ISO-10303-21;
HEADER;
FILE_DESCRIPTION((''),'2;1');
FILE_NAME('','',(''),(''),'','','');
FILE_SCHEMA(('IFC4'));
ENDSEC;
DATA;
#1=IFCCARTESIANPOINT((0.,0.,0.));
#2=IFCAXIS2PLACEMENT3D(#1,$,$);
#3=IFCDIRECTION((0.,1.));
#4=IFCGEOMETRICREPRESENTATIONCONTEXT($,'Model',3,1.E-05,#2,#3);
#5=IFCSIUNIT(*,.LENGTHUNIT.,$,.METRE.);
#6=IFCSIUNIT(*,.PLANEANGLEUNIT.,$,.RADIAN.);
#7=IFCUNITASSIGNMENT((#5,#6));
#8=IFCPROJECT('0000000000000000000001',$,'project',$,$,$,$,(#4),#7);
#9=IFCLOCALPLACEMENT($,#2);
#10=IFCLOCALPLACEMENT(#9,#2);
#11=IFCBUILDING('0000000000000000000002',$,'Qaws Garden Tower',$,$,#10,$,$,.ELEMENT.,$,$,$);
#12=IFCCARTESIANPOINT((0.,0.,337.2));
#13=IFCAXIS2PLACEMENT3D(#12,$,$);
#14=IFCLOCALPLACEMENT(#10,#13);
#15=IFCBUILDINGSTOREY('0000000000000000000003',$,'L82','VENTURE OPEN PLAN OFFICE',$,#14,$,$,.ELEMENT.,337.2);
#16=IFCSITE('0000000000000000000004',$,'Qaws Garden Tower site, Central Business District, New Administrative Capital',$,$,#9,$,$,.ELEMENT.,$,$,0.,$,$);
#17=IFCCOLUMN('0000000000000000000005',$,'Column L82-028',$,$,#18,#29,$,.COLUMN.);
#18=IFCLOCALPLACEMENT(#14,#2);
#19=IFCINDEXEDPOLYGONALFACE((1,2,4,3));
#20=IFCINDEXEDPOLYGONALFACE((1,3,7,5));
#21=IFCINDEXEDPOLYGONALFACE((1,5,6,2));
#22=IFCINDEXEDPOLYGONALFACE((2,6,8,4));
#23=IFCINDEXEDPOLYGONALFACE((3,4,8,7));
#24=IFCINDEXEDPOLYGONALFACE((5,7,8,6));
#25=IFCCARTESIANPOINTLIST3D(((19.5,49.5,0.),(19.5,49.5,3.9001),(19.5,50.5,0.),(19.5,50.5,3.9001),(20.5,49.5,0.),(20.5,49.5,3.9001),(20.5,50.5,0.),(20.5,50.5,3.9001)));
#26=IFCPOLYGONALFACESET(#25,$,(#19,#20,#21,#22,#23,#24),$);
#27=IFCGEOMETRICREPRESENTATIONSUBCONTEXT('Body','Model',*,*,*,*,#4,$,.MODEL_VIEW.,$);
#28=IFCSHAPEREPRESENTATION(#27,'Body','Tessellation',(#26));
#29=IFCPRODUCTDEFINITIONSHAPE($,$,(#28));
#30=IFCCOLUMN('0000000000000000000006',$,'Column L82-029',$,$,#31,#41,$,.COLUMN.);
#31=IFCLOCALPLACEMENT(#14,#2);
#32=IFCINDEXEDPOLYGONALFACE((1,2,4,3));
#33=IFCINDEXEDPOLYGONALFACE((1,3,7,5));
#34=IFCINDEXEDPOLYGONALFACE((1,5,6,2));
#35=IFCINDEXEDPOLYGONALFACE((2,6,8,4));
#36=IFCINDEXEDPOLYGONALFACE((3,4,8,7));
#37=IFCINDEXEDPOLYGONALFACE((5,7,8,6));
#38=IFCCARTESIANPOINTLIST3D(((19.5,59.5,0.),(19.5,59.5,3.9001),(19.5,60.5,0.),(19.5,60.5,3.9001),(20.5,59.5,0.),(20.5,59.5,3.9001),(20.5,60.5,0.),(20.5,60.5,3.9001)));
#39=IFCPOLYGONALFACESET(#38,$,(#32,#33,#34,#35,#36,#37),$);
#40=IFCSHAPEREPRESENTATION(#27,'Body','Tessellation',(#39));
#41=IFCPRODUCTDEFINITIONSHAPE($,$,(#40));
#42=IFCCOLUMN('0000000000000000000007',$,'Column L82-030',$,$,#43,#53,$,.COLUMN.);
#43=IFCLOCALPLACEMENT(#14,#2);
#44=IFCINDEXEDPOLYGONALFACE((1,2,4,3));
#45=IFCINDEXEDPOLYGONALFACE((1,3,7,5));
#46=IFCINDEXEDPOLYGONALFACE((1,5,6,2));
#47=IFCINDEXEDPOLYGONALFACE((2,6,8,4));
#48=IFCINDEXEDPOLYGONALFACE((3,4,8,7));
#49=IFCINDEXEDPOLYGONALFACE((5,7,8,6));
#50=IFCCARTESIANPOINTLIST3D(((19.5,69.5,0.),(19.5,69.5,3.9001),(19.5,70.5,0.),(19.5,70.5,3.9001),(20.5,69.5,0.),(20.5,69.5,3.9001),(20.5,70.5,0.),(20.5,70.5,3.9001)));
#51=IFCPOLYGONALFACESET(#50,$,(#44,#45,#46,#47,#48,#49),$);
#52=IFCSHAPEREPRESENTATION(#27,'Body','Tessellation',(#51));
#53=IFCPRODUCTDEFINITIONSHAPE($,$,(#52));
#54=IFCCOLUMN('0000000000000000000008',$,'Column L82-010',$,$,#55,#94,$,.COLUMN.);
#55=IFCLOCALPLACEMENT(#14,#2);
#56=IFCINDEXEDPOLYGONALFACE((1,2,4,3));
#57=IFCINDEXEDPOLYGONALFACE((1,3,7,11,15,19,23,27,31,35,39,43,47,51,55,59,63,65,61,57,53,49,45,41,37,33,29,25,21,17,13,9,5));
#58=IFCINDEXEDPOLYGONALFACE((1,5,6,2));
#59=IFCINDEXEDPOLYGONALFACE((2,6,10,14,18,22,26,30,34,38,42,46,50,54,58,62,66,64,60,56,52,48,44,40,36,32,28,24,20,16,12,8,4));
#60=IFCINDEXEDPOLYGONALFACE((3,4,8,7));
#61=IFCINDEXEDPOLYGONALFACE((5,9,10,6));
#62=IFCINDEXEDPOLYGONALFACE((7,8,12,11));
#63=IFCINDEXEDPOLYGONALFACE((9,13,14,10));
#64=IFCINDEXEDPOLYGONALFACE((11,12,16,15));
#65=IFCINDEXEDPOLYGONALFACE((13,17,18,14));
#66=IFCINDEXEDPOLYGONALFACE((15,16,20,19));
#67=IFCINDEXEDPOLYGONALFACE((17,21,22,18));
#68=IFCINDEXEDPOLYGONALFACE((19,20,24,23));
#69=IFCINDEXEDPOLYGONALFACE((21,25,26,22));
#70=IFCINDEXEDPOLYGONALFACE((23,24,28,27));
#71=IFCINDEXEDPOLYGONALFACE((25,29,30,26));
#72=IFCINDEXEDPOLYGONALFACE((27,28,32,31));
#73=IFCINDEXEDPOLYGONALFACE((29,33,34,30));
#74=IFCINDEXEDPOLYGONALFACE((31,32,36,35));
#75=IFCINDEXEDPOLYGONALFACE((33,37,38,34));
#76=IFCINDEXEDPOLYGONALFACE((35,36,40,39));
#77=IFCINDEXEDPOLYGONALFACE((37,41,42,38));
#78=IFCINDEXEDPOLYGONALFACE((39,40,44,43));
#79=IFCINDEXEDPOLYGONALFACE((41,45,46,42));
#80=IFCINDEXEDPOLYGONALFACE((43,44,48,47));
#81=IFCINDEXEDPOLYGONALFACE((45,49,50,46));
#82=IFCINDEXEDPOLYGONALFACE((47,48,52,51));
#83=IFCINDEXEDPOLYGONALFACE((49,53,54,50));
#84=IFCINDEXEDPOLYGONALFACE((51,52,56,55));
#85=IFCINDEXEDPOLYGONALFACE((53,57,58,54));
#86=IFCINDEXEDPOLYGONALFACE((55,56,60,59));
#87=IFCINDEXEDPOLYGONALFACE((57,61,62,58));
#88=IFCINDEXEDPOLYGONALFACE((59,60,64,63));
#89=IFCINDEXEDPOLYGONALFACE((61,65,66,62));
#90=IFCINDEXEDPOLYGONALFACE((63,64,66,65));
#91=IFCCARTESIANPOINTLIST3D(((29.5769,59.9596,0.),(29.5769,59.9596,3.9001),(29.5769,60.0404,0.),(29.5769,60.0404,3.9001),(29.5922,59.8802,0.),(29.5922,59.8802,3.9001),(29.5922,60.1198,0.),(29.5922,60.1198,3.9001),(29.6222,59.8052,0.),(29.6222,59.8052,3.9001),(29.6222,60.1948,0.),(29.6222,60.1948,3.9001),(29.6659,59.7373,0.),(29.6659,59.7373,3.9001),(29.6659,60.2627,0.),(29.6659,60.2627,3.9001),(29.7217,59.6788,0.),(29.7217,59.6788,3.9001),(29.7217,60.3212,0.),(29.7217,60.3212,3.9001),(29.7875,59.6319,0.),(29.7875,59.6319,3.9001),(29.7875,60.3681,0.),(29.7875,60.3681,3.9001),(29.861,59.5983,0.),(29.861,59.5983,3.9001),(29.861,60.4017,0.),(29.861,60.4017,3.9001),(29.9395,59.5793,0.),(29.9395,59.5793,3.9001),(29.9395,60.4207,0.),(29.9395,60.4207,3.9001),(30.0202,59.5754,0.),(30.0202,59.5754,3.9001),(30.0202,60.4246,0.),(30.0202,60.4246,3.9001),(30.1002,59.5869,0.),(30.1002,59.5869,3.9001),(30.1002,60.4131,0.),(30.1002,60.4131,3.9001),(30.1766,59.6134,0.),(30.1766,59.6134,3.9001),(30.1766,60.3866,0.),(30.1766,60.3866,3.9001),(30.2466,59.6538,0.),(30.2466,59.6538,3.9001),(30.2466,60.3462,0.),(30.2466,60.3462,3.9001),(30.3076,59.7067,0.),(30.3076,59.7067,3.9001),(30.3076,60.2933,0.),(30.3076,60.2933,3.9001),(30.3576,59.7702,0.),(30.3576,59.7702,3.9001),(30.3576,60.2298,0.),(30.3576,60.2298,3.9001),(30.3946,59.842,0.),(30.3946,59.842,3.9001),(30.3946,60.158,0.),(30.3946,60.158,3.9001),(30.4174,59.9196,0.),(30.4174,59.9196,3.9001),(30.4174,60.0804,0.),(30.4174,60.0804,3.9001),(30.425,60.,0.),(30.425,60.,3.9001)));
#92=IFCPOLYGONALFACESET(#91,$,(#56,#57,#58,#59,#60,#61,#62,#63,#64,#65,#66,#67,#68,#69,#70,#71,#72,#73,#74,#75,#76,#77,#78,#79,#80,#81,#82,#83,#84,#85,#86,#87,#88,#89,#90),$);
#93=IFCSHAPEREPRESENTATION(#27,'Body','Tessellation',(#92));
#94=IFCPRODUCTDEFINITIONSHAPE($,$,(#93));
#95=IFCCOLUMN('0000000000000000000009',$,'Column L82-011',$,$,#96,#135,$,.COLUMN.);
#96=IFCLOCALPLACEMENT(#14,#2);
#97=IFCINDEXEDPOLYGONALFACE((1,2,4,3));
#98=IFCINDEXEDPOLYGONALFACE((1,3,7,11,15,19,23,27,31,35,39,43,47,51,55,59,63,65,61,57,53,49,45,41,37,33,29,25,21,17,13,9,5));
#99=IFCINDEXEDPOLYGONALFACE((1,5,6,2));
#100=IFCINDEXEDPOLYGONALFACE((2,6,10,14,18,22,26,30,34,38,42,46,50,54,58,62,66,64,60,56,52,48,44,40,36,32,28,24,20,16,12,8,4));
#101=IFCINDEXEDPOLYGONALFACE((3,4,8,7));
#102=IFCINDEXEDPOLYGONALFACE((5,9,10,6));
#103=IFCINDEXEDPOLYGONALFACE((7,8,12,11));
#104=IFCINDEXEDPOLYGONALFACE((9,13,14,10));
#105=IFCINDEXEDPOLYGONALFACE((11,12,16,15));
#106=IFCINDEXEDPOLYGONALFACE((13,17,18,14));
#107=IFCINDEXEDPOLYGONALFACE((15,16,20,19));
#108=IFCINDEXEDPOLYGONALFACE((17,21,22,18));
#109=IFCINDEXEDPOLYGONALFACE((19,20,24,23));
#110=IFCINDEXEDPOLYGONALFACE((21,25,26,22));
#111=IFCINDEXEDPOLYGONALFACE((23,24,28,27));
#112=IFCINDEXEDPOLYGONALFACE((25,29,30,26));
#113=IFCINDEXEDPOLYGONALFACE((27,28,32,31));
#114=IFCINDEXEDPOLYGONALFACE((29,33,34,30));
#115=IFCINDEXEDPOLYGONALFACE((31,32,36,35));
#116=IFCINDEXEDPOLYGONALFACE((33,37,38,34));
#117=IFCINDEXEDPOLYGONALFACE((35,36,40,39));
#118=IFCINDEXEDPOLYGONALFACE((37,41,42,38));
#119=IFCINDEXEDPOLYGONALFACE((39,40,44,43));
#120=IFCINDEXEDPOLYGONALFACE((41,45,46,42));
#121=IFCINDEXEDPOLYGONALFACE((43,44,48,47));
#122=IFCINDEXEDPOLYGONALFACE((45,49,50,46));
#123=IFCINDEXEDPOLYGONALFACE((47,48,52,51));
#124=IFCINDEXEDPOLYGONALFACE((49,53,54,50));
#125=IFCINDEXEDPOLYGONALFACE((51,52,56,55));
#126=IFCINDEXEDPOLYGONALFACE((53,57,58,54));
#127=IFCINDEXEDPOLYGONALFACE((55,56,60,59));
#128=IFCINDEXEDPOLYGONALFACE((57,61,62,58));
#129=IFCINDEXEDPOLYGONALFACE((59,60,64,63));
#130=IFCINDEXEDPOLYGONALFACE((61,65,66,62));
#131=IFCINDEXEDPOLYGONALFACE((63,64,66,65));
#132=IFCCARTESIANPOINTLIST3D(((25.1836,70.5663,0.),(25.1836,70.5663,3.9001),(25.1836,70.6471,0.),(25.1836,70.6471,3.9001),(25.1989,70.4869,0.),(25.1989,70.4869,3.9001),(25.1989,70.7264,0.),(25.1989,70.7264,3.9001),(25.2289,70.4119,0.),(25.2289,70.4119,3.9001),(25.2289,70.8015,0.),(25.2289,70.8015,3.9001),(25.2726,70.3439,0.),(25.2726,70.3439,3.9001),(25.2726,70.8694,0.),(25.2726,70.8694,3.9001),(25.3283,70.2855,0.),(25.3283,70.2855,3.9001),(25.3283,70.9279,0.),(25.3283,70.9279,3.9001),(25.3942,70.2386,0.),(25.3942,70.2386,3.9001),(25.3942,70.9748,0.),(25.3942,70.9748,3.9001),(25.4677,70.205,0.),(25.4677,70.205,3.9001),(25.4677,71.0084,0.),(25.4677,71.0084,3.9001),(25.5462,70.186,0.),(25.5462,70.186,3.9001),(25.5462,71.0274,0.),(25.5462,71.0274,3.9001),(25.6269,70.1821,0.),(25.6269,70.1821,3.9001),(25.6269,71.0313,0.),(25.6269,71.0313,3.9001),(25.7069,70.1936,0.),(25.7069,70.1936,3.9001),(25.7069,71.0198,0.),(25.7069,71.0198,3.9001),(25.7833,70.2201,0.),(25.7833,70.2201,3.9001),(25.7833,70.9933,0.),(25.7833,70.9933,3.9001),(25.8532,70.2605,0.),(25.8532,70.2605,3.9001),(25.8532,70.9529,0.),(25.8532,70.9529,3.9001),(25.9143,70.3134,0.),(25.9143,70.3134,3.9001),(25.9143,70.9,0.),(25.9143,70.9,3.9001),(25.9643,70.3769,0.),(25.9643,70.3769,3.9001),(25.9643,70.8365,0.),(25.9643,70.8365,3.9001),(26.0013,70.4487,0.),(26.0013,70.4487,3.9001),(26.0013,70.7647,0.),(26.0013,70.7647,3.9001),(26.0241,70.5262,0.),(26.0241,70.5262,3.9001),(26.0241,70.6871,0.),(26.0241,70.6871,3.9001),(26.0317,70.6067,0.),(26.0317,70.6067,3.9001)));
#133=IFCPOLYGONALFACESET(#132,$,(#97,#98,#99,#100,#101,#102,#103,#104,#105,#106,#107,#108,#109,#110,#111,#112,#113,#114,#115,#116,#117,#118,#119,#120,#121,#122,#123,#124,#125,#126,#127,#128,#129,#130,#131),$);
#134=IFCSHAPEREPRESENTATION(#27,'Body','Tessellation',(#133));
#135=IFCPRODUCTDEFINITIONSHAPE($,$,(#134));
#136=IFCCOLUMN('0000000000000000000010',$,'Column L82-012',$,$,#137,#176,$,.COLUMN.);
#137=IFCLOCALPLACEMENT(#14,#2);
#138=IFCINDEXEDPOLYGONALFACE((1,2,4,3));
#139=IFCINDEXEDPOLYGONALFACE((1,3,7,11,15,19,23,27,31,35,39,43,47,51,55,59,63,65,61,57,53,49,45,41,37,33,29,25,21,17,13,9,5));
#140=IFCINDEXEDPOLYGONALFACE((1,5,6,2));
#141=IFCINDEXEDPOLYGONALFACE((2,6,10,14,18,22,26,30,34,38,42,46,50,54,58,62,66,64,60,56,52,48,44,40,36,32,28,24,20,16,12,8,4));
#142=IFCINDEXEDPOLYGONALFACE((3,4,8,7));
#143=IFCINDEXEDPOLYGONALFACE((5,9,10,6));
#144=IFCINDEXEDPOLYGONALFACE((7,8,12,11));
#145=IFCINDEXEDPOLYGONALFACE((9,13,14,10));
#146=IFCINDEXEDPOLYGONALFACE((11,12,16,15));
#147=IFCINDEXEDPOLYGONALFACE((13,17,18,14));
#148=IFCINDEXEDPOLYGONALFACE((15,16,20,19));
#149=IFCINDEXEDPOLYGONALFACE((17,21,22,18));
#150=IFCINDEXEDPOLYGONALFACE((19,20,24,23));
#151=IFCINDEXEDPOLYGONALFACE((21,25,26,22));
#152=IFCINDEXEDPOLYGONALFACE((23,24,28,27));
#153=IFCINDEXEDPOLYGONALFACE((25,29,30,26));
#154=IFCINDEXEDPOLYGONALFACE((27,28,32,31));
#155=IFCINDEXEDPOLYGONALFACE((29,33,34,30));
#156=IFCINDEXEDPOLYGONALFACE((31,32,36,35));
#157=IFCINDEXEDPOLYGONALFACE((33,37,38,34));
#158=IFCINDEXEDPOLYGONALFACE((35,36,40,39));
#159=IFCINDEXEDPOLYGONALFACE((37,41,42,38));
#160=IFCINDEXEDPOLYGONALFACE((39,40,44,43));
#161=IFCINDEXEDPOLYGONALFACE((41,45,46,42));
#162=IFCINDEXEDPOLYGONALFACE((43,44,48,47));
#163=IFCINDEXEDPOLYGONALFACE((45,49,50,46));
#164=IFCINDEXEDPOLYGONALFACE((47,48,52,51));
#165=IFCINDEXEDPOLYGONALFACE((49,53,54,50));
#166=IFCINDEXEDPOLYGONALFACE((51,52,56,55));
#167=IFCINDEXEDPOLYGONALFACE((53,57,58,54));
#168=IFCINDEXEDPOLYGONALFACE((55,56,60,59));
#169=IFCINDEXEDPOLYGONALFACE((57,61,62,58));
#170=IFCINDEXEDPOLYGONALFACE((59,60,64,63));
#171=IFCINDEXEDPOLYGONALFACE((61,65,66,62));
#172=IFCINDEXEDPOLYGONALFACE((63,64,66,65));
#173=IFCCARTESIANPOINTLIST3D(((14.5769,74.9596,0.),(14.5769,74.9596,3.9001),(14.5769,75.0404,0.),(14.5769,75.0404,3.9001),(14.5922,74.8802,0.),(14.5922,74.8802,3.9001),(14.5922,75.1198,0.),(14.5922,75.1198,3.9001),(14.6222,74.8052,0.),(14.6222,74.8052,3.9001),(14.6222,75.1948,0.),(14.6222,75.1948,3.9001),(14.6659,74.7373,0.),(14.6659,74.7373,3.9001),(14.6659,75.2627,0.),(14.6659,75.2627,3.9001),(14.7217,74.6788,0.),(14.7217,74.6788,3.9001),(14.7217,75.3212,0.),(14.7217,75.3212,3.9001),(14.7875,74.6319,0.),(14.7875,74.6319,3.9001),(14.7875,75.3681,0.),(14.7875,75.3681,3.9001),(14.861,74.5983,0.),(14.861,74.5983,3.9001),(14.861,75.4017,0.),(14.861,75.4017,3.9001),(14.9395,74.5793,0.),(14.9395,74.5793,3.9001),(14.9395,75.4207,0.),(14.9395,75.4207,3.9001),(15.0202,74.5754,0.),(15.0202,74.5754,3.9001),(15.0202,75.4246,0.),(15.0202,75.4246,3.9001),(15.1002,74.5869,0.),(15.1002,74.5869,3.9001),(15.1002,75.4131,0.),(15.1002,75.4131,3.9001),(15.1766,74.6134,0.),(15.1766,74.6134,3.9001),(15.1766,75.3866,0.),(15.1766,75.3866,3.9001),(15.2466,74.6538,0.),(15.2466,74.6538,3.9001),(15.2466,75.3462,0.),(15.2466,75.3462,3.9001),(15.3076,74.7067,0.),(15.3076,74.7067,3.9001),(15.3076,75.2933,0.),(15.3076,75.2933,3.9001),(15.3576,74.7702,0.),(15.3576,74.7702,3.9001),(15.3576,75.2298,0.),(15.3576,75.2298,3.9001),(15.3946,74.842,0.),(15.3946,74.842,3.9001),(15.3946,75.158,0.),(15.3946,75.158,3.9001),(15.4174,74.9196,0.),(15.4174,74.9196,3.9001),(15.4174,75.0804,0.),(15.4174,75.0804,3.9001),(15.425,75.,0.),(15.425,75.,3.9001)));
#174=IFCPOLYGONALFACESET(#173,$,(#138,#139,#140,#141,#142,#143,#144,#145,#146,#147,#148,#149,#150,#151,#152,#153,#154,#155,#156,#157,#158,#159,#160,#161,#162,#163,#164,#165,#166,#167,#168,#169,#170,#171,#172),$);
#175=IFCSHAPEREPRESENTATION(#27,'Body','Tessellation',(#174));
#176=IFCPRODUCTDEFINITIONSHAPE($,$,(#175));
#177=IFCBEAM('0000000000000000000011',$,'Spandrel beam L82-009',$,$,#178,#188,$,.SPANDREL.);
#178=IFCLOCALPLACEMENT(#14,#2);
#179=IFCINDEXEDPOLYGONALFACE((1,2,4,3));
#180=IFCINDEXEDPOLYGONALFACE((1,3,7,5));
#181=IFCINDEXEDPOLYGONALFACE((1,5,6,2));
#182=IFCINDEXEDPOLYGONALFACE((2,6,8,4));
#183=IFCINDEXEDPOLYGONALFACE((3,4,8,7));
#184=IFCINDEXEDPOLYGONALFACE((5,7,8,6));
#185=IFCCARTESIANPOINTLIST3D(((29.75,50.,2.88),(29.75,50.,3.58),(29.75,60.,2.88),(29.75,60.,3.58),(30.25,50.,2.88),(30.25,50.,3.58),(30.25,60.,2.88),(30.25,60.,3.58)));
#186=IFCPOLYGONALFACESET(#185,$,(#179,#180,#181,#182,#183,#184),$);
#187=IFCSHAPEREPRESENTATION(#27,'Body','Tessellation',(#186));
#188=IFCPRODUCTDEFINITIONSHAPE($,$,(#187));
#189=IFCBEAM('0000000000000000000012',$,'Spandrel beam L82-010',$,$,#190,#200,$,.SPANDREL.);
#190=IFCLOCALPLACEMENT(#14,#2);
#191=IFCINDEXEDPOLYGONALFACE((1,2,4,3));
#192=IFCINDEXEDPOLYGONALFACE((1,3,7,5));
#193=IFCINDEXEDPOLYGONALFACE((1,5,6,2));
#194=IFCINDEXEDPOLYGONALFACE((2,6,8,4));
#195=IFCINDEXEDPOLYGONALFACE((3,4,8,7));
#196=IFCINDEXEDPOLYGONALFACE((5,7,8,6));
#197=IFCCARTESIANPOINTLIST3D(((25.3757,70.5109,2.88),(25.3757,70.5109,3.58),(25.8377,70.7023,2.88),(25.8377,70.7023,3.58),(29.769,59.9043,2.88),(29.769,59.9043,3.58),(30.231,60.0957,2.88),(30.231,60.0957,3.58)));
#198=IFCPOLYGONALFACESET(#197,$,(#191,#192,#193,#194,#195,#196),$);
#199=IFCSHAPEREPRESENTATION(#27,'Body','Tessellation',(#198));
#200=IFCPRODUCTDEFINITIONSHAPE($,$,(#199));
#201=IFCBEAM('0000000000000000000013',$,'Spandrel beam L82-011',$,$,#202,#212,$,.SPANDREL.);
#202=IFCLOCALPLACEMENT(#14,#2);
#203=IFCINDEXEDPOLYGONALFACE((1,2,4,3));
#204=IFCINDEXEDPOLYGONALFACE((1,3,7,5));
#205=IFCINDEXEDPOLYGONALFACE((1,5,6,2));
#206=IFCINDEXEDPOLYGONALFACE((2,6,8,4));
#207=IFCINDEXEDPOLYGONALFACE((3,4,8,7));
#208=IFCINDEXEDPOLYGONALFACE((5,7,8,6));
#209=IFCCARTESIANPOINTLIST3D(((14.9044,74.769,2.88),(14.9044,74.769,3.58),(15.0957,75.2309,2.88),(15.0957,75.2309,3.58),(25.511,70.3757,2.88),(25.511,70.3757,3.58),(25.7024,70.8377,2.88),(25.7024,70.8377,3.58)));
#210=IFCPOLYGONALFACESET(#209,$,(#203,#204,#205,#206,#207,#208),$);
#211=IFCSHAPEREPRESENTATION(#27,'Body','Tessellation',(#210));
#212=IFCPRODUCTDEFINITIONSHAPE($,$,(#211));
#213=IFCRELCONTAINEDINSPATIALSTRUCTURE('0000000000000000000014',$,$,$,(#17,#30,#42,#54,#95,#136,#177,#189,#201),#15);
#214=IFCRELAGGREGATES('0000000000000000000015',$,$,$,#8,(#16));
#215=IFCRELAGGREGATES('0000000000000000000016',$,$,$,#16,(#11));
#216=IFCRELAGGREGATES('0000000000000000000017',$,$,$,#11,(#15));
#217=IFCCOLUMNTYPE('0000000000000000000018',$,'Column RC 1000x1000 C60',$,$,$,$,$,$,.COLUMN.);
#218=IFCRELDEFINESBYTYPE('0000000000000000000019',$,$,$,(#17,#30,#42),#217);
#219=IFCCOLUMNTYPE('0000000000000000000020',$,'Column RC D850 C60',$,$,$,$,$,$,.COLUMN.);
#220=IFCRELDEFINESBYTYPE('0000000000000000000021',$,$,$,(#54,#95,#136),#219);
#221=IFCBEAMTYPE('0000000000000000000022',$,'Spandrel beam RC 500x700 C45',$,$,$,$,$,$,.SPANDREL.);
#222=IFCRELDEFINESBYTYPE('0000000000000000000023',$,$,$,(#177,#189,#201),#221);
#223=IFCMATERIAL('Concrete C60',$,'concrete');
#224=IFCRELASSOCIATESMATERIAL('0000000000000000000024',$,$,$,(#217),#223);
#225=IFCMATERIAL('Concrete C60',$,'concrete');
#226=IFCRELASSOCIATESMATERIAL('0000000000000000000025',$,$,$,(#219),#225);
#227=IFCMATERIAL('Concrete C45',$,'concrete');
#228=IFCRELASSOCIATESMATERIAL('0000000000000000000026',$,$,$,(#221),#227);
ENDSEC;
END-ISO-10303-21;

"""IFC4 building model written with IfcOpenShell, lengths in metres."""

from ifc_helpers import new_model, si_unit, direction, frame, origin, origin_2d, place, context, subcontext, project, spatial, rectangle, circle, extrude, material, material_profile, profile_set, type_object, element, save


model = new_model("IFC4")

# Units and contexts
model_context = context("Model", 3, precision=1e-05, world=origin(), true_north=direction((0.0, 1.0)))
body_context = subcontext(model_context, "Body", "Model", "MODEL_VIEW")
ifc_project = project(units=[si_unit("LENGTHUNIT", "METRE"), si_unit("PLANEANGLEUNIT", "RADIAN")], contexts=[model_context])

# Site, building, storey
site_placement = place(None, origin())
site = spatial("IfcSite", under=ifc_project, at=site_placement, Name="Qaws Garden Tower site, Central Business District, New Administrative Capital", CompositionType="ELEMENT", RefElevation=0.0)
building_placement = place(site_placement, origin())
building = spatial("IfcBuilding", under=site, at=building_placement, Name="Qaws Garden Tower", CompositionType="ELEMENT")
storey_placement = place(building_placement, frame((0.0, 0.0, 337.2)))
storey = spatial("IfcBuildingStorey", under=building, at=storey_placement, Name="L82", Description="VENTURE OPEN PLAN OFFICE", CompositionType="ELEMENT", Elevation=337.2)

# Columns
ifc_material_1 = material(Name="Concrete C60", Category="concrete")
ifc_material_profile_1 = material_profile(ifc_material_1, rectangle(XDim=1.0, YDim=1.0, at=origin_2d()), Name="RC 1000x1000")
ifc_profile_set_1 = profile_set([ifc_material_profile_1], Name="Concrete C60")
column_type_1 = type_object("IfcColumnType", Name="Column RC 1000x1000 C60", PredefinedType="COLUMN", material=ifc_profile_set_1)
for number, where, z_axis, x_axis, name in (
    (1, (20.0, 50.0, 0.0), (0.0, 0.0, 1.0), (1.0, 0.0, 0.0), "Column L82-028"),
    (2, (20.0, 60.0, 0.0), (0.0, 0.0, 1.0), (1.0, 0.0, 0.0), "Column L82-029"),
    (3, (20.0, 70.0, 0.0), (0.0, 0.0, 1.0), (1.0, 0.0, 0.0), "Column L82-030"),
):
    element("IfcColumn", number, at=place(storey_placement, frame(where, z_axis=z_axis, x_axis=x_axis)), inside=storey, type_object=column_type_1, Name=name, PredefinedType="COLUMN", context=body_context, shape_type="SweptSolid", body=[
        extrude(rectangle(XDim=1.0, YDim=1.0, at=origin_2d()), origin(), (0.0, 0.0, 1.0), 3.9001),
    ])
ifc_material_2 = material(Name="Concrete C60", Category="concrete")
ifc_material_profile_2 = material_profile(ifc_material_2, circle(Radius=0.425, at=origin_2d()), Name="RC D850")
ifc_profile_set_2 = profile_set([ifc_material_profile_2], Name="Concrete C60")
column_type_2 = type_object("IfcColumnType", Name="Column RC D850 C60", PredefinedType="COLUMN", material=ifc_profile_set_2)
for number, where, z_axis, x_axis, name in (
    (4, (30.0, 60.0, 0.0), (0.0, 0.0, 1.0), (1.0, 0.0, 0.0), "Column L82-010"),
    (5, (25.6067, 70.6067, 0.0), (0.0, 0.0, 1.0), (1.0, 0.0, 0.0), "Column L82-011"),
    (6, (15.0, 75.0, 0.0), (0.0, 0.0, 1.0), (1.0, 0.0, 0.0), "Column L82-012"),
):
    element("IfcColumn", number, at=place(storey_placement, frame(where, z_axis=z_axis, x_axis=x_axis)), inside=storey, type_object=column_type_2, Name=name, PredefinedType="COLUMN", context=body_context, shape_type="SweptSolid", body=[
        extrude(circle(Radius=0.425, at=origin_2d()), origin(), (0.0, 0.0, 1.0), 3.9001),
    ])

# Beams
ifc_material_3 = material(Name="Concrete C45", Category="concrete")
ifc_material_profile_3 = material_profile(ifc_material_3, rectangle(XDim=0.5, YDim=0.7, at=origin_2d()), Name="RC 500x700")
ifc_profile_set_3 = profile_set([ifc_material_profile_3], Name="Concrete C45")
beam_type = type_object("IfcBeamType", Name="Spandrel beam RC 500x700 C45", PredefinedType="SPANDREL", material=ifc_profile_set_3)
beam_placement = place(storey_placement, frame((30.0, 50.0, 3.23), z_axis=(0.0, 1.0, 0.0), x_axis=(-1.0, 0.0, 0.0)))
element("IfcBeam", 7, at=beam_placement, inside=storey, type_object=beam_type, Name="Spandrel beam L82-009", PredefinedType="SPANDREL", context=body_context, shape_type="SweptSolid", body=[
    extrude(rectangle(XDim=0.5, YDim=0.7, at=origin_2d()), origin(), (0.0, 0.0, 1.0), 10.0),
])
for number, where, z_axis, x_axis, name in (
    (8, (30.0, 60.0, 3.23), (-0.382674, 0.923883, 0.0), (-0.923883, -0.382674, 0.0), "Spandrel beam L82-010"),
    (9, (25.6067, 70.6067, 3.23), (-0.923883, 0.382674, 0.0), (-0.382674, -0.923883, 0.0), "Spandrel beam L82-011"),
):
    element("IfcBeam", number, at=place(storey_placement, frame(where, z_axis=z_axis, x_axis=x_axis)), inside=storey, type_object=beam_type, Name=name, PredefinedType="SPANDREL", context=body_context, shape_type="SweptSolid", body=[
        extrude(rectangle(XDim=0.5, YDim=0.7, at=origin_2d()), origin(), (0.0, 0.0, 1.0), 11.4805),
    ])

save(model, "model.ifc")
